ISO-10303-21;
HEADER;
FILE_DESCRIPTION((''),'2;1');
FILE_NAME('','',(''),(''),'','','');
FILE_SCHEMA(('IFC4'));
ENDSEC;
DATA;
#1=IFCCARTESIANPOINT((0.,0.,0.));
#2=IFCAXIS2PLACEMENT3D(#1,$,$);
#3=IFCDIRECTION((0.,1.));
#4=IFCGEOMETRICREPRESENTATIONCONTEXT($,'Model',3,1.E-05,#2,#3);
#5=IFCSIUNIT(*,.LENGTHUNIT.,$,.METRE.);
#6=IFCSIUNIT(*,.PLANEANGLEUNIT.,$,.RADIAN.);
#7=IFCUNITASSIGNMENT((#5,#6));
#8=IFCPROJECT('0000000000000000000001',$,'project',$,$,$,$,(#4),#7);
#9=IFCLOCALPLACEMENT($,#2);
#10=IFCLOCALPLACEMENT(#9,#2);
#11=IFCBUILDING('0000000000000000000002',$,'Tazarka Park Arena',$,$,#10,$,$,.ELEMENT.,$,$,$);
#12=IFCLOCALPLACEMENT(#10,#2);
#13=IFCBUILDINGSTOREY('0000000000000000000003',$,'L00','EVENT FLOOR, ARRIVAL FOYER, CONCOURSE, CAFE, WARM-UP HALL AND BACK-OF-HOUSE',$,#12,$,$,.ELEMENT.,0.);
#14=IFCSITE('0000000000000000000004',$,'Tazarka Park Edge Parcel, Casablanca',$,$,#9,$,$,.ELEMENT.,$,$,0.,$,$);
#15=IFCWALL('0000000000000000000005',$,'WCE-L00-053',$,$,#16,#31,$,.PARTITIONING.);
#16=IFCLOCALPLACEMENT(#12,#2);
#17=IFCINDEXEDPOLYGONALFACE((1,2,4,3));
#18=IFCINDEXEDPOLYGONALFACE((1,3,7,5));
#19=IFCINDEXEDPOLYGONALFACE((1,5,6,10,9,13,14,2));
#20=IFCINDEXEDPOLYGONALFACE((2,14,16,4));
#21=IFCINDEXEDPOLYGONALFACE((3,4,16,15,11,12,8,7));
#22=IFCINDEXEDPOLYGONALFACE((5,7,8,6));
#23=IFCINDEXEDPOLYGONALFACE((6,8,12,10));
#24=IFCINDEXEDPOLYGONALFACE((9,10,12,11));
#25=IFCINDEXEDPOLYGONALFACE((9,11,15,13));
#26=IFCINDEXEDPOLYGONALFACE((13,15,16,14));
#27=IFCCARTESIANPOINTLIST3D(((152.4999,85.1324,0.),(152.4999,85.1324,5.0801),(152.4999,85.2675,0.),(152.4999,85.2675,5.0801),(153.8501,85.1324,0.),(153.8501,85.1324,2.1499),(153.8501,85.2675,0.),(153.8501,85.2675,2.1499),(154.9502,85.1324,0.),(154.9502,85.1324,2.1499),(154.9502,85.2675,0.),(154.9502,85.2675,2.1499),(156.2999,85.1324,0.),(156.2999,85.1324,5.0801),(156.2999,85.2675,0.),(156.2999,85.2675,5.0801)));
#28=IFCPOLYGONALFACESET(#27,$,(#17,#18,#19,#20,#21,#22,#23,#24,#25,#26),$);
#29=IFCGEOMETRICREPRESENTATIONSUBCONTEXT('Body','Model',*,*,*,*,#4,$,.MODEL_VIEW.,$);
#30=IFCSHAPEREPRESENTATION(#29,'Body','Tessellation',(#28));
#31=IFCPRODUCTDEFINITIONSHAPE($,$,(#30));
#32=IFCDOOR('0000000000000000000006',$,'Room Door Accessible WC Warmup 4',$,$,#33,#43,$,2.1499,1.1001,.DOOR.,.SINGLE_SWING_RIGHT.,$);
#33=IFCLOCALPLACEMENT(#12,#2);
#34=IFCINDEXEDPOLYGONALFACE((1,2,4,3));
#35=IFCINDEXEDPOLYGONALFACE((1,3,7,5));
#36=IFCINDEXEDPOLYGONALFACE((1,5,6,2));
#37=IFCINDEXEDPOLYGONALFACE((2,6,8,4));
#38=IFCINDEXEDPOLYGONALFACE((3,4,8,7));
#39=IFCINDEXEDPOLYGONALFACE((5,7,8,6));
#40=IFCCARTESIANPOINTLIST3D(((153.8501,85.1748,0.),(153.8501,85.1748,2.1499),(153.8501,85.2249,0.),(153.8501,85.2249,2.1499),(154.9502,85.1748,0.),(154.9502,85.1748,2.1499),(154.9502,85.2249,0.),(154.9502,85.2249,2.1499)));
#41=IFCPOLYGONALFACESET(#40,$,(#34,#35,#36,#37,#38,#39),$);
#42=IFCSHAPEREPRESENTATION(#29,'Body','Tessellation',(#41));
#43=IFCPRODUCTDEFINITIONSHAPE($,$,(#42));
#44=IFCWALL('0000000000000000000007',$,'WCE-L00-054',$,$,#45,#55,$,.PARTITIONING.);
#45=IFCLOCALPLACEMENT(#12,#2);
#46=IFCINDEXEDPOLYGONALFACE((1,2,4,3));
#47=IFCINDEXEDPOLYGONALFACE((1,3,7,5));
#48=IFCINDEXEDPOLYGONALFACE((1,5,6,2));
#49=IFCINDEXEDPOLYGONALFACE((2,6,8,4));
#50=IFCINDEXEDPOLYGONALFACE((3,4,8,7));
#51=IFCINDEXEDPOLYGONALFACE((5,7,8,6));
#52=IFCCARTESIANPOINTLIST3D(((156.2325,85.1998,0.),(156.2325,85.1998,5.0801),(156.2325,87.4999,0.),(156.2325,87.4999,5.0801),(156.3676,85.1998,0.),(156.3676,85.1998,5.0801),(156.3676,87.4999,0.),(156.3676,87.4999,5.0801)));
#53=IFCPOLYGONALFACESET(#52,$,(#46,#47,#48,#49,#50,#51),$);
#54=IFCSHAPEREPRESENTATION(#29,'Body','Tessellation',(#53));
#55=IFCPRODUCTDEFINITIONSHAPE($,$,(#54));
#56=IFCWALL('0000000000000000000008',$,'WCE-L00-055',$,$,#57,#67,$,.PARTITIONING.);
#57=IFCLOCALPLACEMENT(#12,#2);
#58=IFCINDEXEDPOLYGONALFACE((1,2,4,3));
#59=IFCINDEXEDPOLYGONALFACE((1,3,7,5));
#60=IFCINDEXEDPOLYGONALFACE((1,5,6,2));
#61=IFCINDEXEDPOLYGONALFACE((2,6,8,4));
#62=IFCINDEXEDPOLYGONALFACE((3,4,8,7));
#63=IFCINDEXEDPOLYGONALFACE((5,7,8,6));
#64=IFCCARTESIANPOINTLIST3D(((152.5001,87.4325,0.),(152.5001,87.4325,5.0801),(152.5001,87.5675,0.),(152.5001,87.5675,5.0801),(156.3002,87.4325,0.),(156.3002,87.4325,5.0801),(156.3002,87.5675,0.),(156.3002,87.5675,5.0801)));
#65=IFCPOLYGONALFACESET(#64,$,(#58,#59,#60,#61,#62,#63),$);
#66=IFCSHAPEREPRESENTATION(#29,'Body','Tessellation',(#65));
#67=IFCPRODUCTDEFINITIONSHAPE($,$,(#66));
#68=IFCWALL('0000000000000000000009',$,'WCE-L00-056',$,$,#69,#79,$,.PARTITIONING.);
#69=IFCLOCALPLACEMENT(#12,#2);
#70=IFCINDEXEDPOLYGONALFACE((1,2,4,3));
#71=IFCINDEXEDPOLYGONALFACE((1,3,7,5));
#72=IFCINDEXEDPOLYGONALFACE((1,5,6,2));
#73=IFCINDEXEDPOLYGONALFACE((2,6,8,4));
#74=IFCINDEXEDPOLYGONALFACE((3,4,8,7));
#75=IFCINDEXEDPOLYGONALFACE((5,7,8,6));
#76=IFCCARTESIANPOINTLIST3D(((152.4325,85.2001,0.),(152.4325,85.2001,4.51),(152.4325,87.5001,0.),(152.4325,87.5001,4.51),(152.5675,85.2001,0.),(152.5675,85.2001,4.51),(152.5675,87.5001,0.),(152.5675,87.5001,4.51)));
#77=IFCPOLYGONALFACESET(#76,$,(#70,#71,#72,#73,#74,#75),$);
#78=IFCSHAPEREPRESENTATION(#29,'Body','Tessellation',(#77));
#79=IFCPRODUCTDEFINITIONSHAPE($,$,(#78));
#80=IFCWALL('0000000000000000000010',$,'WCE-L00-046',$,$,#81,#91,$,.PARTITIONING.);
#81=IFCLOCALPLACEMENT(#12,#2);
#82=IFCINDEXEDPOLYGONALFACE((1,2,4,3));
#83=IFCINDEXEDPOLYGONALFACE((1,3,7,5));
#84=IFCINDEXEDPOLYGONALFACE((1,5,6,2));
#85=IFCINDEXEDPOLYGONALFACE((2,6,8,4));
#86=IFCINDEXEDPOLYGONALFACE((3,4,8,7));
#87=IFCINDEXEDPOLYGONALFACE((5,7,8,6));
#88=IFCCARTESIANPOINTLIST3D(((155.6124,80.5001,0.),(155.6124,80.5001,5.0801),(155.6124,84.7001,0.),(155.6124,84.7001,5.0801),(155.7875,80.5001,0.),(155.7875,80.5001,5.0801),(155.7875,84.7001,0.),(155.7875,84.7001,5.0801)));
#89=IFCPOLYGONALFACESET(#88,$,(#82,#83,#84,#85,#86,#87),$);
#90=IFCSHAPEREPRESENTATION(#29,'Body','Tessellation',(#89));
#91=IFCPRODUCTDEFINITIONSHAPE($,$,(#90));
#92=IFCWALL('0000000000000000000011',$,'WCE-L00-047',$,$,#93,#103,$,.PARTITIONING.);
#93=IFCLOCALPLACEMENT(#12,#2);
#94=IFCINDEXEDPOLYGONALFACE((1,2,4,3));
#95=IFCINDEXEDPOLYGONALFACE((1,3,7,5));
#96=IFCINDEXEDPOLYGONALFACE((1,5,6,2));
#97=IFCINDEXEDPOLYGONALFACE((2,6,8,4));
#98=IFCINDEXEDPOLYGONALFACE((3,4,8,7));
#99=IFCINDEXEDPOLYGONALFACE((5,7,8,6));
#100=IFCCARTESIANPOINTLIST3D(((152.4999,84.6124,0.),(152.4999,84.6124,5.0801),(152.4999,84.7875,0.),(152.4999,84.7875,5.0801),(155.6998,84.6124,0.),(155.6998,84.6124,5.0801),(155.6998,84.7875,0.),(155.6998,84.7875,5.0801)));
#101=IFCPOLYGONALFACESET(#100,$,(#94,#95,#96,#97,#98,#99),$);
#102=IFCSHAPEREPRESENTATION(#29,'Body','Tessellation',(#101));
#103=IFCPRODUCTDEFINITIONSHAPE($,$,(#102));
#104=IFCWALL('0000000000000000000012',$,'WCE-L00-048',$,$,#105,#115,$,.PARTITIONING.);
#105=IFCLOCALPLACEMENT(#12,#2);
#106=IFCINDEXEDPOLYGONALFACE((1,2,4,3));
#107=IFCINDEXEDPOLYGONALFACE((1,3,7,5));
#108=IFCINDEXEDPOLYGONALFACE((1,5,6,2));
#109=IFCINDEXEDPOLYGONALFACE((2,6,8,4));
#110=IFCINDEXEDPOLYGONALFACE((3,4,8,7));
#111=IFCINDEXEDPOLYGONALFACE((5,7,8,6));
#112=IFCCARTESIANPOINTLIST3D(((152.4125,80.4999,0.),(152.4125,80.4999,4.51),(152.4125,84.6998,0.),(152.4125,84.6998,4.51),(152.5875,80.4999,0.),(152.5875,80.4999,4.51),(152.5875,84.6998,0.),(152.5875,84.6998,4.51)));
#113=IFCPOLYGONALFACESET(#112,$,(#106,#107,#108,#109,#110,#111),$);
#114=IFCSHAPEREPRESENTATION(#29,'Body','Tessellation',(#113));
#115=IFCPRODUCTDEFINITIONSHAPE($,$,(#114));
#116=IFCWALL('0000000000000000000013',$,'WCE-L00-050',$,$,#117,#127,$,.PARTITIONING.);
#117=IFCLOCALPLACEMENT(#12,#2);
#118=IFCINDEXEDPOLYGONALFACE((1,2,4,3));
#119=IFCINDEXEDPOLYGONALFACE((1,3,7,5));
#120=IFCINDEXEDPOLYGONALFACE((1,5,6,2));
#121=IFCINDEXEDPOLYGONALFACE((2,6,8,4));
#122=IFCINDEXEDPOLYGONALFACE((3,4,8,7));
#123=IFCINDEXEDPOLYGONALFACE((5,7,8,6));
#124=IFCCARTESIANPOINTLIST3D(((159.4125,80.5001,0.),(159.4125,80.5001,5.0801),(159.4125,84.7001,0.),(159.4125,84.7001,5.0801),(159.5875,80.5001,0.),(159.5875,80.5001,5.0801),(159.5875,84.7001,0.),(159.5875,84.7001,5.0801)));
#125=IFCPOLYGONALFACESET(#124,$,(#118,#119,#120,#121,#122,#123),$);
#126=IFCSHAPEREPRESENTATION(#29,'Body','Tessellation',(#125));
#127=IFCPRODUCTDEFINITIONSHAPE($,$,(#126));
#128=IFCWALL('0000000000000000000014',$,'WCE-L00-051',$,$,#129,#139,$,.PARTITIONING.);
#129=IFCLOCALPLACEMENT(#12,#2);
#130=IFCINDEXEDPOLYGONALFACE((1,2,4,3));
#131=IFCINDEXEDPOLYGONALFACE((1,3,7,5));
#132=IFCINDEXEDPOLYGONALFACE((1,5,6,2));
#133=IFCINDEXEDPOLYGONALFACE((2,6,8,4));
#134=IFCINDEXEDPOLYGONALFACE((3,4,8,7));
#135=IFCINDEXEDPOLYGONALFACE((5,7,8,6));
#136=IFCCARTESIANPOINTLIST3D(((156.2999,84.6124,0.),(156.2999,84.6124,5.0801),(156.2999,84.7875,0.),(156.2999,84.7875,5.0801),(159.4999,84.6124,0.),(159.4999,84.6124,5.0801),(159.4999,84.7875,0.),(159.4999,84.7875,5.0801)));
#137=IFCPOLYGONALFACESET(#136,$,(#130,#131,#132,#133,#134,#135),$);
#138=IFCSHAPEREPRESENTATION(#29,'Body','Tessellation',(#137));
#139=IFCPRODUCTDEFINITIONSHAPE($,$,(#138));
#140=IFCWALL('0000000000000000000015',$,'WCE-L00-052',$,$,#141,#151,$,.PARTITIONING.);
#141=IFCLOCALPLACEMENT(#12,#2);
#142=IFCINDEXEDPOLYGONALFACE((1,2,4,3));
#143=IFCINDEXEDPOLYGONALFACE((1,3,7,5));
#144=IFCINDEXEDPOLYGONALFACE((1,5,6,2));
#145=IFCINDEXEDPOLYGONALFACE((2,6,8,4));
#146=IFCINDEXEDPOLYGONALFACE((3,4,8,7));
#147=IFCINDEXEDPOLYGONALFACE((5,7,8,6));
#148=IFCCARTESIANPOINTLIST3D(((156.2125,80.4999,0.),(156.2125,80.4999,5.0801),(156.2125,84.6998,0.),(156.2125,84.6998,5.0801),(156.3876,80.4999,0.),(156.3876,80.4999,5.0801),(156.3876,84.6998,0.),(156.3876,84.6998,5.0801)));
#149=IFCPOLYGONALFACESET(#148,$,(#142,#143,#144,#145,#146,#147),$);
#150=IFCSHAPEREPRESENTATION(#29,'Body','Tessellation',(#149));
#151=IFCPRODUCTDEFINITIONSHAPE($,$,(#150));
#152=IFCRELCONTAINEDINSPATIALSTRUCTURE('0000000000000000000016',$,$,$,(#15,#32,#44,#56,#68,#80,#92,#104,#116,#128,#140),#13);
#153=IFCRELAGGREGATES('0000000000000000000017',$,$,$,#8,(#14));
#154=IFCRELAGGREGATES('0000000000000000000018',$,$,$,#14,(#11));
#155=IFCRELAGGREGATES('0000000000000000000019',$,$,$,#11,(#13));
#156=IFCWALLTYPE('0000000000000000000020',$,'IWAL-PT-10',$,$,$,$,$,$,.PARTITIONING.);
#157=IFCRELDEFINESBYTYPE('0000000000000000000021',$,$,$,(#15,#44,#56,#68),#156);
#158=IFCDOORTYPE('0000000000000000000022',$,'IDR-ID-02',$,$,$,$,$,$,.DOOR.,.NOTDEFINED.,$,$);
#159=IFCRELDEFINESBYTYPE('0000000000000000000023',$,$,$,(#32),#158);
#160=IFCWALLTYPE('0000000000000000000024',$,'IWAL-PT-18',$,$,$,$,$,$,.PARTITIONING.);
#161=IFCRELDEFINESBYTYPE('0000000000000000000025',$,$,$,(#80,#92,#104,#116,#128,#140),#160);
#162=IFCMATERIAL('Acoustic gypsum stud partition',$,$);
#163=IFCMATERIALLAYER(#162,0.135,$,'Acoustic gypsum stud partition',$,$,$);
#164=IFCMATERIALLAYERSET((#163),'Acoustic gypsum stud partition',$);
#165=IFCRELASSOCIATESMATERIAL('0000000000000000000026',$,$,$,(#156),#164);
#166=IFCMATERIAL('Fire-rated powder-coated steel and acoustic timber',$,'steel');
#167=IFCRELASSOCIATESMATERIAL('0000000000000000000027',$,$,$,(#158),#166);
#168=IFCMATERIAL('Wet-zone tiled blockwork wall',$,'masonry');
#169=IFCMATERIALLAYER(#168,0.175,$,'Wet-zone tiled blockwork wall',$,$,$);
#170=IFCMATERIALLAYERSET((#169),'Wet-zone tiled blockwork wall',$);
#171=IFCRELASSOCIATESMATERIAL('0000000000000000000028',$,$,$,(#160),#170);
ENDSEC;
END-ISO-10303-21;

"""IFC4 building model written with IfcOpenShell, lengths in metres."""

from ifc_helpers import new_model, si_unit, direction, frame, frame_2d, origin, place, context, subcontext, project, spatial, rectangle, extrude, material, layer, layer_set, type_object, element, fill, save


model = new_model("IFC4")

# Units and contexts
model_context = context("Model", 3, precision=1e-05, world=origin(), true_north=direction((0.0, 1.0)))
body_context = subcontext(model_context, "Body", "Model", "MODEL_VIEW")
ifc_project = project(units=[si_unit("LENGTHUNIT", "METRE"), si_unit("PLANEANGLEUNIT", "RADIAN")], contexts=[model_context])

# Site, building, storey
site_placement = place(None, origin())
site = spatial("IfcSite", under=ifc_project, at=site_placement, Name="Tazarka Park Edge Parcel, Casablanca", CompositionType="ELEMENT", RefElevation=0.0)
building_placement = place(site_placement, origin())
building = spatial("IfcBuilding", under=site, at=building_placement, Name="Tazarka Park Arena", CompositionType="ELEMENT")
storey_placement = place(building_placement, origin())
storey = spatial("IfcBuildingStorey", under=building, at=storey_placement, Name="L00", Description="EVENT FLOOR, ARRIVAL FOYER, CONCOURSE, CAFE, WARM-UP HALL AND BACK-OF-HOUSE", CompositionType="ELEMENT", Elevation=0.0)

# Wall, opening, door
ifc_material_1 = material(Name="Acoustic gypsum stud partition")
ifc_layer_1 = layer(ifc_material_1, 0.135, Name="Acoustic gypsum stud partition")
ifc_layer_set_1 = layer_set([ifc_layer_1], Name="Acoustic gypsum stud partition")
wall_type_1 = type_object("IfcWallType", Name="IWAL-PT-10", PredefinedType="PARTITIONING", material=ifc_layer_set_1)
wall_1_placement = place(storey_placement, frame((152.5, 85.2, 0.0), z_axis=(0.0, 0.0, 1.0), x_axis=(1.0, 0.0, 0.0)))
wall_1 = element("IfcWall", 1, at=wall_1_placement, inside=storey, type_object=wall_type_1, Name="WCE-L00-053", PredefinedType="PARTITIONING", context=body_context, shape_type="SweptSolid", body=[
    extrude(rectangle(XDim=3.8, YDim=0.135, at=frame_2d((1.8999, 0.0))), origin(), (0.0, 0.0, 1.0), 5.0801),
])
opening_1_placement = place(wall_1_placement, frame((1.3501, 0.0, 0.0)))
opening_1 = element("IfcOpeningElement", 2, at=opening_1_placement, cuts=wall_1, PredefinedType="OPENING", context=body_context, shape_type="SweptSolid", body=[
    extrude(rectangle(XDim=1.1001, YDim=2.1499, at=frame_2d((0.55, 1.075))), frame((0.0, 0.0776, 0.0), z_axis=(0.0, -1.0, 0.0), x_axis=(1.0, 0.0, 0.0)), (0.0, 0.0, 1.0), 0.155),
])
ifc_material_2 = material(Name="Fire-rated powder-coated steel and acoustic timber", Category="steel")
door_type_1 = type_object("IfcDoorType", Name="IDR-ID-02", OperationType="NOTDEFINED", PredefinedType="DOOR", material=ifc_material_2)
door_1_placement = place(opening_1_placement, origin())
door_1 = element("IfcDoor", 3, at=door_1_placement, inside=storey, type_object=door_type_1, Name="Room Door Accessible WC Warmup 4", OperationType="SINGLE_SWING_RIGHT", OverallHeight=2.1499, OverallWidth=1.1001, PredefinedType="DOOR", context=body_context, shape_type="SweptSolid", body=[
    extrude(rectangle(XDim=1.1001, YDim=2.1499, at=frame_2d((0.55, 1.075))), frame((0.0, 0.0249, 0.0), z_axis=(0.0, -1.0, 0.0), x_axis=(1.0, 0.0, 0.0)), (0.0, 0.0, 1.0), 0.05),
])
fill(opening_1, door_1)

# Walls
wall_2_placement = place(storey_placement, frame((156.3, 85.2, 0.0), z_axis=(0.0, 0.0, 1.0), x_axis=(0.0, 1.0, 0.0)))
element("IfcWall", 4, at=wall_2_placement, inside=storey, type_object=wall_type_1, Name="WCE-L00-054", PredefinedType="PARTITIONING", context=body_context, shape_type="SweptSolid", body=[
    extrude(rectangle(XDim=2.3, YDim=0.135, at=frame_2d((1.1499, 0.0))), origin(), (0.0, 0.0, 1.0), 5.0801),
])
wall_3_placement = place(storey_placement, frame((156.3, 87.5, 0.0), z_axis=(0.0, 0.0, 1.0), x_axis=(-1.0, 0.0, 0.0)))
element("IfcWall", 5, at=wall_3_placement, inside=storey, type_object=wall_type_1, Name="WCE-L00-055", PredefinedType="PARTITIONING", context=body_context, shape_type="SweptSolid", body=[
    extrude(rectangle(XDim=3.8, YDim=0.135, at=frame_2d((1.8999, 0.0))), origin(), (0.0, 0.0, 1.0), 5.0801),
])
wall_4_placement = place(storey_placement, frame((152.5, 87.5, 0.0), z_axis=(0.0, 0.0, 1.0), x_axis=(0.0, -1.0, 0.0)))
element("IfcWall", 6, at=wall_4_placement, inside=storey, type_object=wall_type_1, Name="WCE-L00-056", PredefinedType="PARTITIONING", context=body_context, shape_type="SweptSolid", body=[
    extrude(rectangle(XDim=2.3, YDim=0.135, at=frame_2d((1.1499, 0.0))), origin(), (0.0, 0.0, 1.0), 4.51),
])

# Shared definitions
ifc_material_3 = material(Name="Wet-zone tiled blockwork wall", Category="masonry")
ifc_layer_2 = layer(ifc_material_3, 0.175, Name="Wet-zone tiled blockwork wall")
ifc_layer_set_2 = layer_set([ifc_layer_2], Name="Wet-zone tiled blockwork wall")
wall_type_2 = type_object("IfcWallType", Name="IWAL-PT-18", PredefinedType="PARTITIONING", material=ifc_layer_set_2)

# Walls
wall_5_placement = place(storey_placement, frame((155.7, 80.5, 0.0), z_axis=(0.0, 0.0, 1.0), x_axis=(0.0, 1.0, 0.0)))
element("IfcWall", 7, at=wall_5_placement, inside=storey, type_object=wall_type_2, Name="WCE-L00-046", PredefinedType="PARTITIONING", context=body_context, shape_type="SweptSolid", body=[
    extrude(rectangle(XDim=4.2, YDim=0.175, at=frame_2d((2.1001, 0.0))), origin(), (0.0, 0.0, 1.0), 5.0801),
])
wall_6_placement = place(storey_placement, frame((155.7, 84.7, 0.0), z_axis=(0.0, 0.0, 1.0), x_axis=(-1.0, 0.0, 0.0)))
element("IfcWall", 8, at=wall_6_placement, inside=storey, type_object=wall_type_2, Name="WCE-L00-047", PredefinedType="PARTITIONING", context=body_context, shape_type="SweptSolid", body=[
    extrude(rectangle(XDim=3.2, YDim=0.175, at=frame_2d((1.6001, 0.0))), origin(), (0.0, 0.0, 1.0), 5.0801),
])
wall_7_placement = place(storey_placement, frame((152.5, 84.7, 0.0), z_axis=(0.0, 0.0, 1.0), x_axis=(0.0, -1.0, 0.0)))
element("IfcWall", 9, at=wall_7_placement, inside=storey, type_object=wall_type_2, Name="WCE-L00-048", PredefinedType="PARTITIONING", context=body_context, shape_type="SweptSolid", body=[
    extrude(rectangle(XDim=4.2, YDim=0.175, at=frame_2d((2.1001, 0.0))), origin(), (0.0, 0.0, 1.0), 4.51),
])

# Walls
wall_8_placement = place(storey_placement, frame((159.5, 80.5, 0.0), z_axis=(0.0, 0.0, 1.0), x_axis=(0.0, 1.0, 0.0)))
element("IfcWall", 10, at=wall_8_placement, inside=storey, type_object=wall_type_2, Name="WCE-L00-050", PredefinedType="PARTITIONING", context=body_context, shape_type="SweptSolid", body=[
    extrude(rectangle(XDim=4.2, YDim=0.175, at=frame_2d((2.1001, 0.0))), origin(), (0.0, 0.0, 1.0), 5.0801),
])
wall_9_placement = place(storey_placement, frame((159.5, 84.7, 0.0), z_axis=(0.0, 0.0, 1.0), x_axis=(-1.0, 0.0, 0.0)))
element("IfcWall", 11, at=wall_9_placement, inside=storey, type_object=wall_type_2, Name="WCE-L00-051", PredefinedType="PARTITIONING", context=body_context, shape_type="SweptSolid", body=[
    extrude(rectangle(XDim=3.2, YDim=0.175, at=frame_2d((1.6001, 0.0))), origin(), (0.0, 0.0, 1.0), 5.0801),
])
wall_10_placement = place(storey_placement, frame((156.3, 84.7, 0.0), z_axis=(0.0, 0.0, 1.0), x_axis=(0.0, -1.0, 0.0)))
element("IfcWall", 12, at=wall_10_placement, inside=storey, type_object=wall_type_2, Name="WCE-L00-052", PredefinedType="PARTITIONING", context=body_context, shape_type="SweptSolid", body=[
    extrude(rectangle(XDim=4.2, YDim=0.175, at=frame_2d((2.1001, 0.0))), origin(), (0.0, 0.0, 1.0), 5.0801),
])

save(model, "model.ifc")
